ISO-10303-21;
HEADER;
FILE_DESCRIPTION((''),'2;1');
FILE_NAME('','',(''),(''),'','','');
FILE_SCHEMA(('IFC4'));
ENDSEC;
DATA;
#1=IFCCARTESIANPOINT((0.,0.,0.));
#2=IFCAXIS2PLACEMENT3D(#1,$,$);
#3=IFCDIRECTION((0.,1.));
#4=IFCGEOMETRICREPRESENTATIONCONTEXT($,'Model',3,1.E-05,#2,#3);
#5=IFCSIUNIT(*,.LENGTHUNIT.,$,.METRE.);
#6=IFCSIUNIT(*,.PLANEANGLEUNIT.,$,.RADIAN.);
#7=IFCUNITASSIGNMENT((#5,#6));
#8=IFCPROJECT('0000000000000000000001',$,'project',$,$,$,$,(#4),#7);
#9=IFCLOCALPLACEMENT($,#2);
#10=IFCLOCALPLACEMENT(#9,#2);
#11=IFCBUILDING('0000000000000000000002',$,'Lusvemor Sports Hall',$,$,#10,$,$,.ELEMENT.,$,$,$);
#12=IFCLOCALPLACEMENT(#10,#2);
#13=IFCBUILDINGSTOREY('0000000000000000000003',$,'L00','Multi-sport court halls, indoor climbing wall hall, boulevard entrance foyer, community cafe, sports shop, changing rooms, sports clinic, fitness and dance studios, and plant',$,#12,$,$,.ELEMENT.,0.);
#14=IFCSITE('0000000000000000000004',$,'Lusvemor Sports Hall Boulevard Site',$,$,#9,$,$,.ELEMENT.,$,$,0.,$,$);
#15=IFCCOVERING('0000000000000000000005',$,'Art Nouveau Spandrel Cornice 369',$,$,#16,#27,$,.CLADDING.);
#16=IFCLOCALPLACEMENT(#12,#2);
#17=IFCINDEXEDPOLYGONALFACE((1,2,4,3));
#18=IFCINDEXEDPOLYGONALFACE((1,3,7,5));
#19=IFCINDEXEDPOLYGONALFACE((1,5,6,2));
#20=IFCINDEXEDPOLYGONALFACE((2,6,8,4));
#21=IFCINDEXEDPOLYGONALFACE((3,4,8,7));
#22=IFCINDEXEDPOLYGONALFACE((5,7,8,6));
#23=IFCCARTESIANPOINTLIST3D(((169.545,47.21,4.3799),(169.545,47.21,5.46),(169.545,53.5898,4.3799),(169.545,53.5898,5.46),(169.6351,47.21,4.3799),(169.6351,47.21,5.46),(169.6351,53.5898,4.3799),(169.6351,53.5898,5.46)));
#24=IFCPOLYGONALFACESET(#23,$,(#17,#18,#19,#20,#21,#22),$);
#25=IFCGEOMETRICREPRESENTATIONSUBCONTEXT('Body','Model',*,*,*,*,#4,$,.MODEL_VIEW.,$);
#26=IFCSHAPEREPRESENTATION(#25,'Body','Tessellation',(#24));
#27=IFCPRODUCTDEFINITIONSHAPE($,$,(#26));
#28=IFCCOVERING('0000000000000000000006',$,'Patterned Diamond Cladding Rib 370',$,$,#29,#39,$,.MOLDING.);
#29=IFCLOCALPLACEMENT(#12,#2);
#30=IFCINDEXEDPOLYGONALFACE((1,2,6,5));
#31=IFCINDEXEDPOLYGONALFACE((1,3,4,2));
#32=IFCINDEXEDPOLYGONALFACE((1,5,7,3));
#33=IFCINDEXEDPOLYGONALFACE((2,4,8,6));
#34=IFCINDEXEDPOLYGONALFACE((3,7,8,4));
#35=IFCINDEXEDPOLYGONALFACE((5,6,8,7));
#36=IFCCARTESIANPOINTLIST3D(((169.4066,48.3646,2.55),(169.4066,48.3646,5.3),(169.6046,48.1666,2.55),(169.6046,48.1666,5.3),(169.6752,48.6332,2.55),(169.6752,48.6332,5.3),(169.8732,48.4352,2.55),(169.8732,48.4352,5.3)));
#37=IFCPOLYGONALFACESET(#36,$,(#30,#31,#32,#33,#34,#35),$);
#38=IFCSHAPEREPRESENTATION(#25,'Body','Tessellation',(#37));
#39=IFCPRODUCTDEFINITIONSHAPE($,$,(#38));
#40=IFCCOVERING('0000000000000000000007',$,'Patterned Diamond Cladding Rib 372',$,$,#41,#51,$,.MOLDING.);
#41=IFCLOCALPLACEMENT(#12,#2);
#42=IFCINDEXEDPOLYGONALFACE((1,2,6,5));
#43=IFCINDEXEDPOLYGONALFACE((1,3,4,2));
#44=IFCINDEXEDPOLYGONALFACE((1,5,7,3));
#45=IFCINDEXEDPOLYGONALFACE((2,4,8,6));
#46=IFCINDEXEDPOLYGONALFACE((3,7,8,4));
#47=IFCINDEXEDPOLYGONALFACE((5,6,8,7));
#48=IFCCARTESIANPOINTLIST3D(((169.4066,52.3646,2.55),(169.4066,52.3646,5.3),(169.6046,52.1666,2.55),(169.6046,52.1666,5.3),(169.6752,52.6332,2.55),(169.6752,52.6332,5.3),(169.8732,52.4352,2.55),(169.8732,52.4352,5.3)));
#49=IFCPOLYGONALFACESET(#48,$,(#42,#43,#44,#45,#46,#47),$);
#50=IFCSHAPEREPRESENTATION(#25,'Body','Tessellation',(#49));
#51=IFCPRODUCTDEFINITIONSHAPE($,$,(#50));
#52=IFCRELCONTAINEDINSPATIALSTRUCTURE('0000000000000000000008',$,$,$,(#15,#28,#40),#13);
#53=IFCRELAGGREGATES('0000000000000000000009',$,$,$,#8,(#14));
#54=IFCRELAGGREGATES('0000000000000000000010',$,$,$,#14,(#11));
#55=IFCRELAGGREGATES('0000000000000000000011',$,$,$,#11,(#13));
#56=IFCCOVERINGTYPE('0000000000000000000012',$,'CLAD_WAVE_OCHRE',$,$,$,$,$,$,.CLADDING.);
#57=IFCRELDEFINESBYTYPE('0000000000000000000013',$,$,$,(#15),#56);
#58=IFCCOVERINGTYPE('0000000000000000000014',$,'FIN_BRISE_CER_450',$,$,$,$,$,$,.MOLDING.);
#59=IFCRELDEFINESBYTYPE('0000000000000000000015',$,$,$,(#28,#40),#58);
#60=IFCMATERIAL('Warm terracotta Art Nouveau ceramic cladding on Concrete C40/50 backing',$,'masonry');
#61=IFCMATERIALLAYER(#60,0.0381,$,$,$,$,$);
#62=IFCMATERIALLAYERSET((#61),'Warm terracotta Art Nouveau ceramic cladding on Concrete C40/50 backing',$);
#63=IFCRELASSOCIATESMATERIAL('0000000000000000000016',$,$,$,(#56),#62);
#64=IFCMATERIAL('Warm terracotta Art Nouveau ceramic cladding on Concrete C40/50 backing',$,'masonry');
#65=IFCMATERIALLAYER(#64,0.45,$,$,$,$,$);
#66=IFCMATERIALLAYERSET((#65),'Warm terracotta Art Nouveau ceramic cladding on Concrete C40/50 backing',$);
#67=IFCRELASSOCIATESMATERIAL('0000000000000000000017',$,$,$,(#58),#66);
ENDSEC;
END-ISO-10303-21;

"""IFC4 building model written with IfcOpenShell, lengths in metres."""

from ifc_helpers import new_model, si_unit, direction, frame, origin, origin_2d, place, context, subcontext, project, spatial, rectangle, extrude, material, layer, layer_set, type_object, element, save


model = new_model("IFC4")

# Units and contexts
model_context = context("Model", 3, precision=1e-05, world=origin(), true_north=direction((0.0, 1.0)))
body_context = subcontext(model_context, "Body", "Model", "MODEL_VIEW")
ifc_project = project(units=[si_unit("LENGTHUNIT", "METRE"), si_unit("PLANEANGLEUNIT", "RADIAN")], contexts=[model_context])

# Site, building, storey
site_placement = place(None, origin())
site = spatial("IfcSite", under=ifc_project, at=site_placement, Name="Lusvemor Sports Hall Boulevard Site", CompositionType="ELEMENT", RefElevation=0.0)
building_placement = place(site_placement, origin())
building = spatial("IfcBuilding", under=site, at=building_placement, Name="Lusvemor Sports Hall", CompositionType="ELEMENT")
storey_placement = place(building_placement, origin())
storey = spatial("IfcBuildingStorey", under=building, at=storey_placement, Name="L00", Description="Multi-sport court halls, indoor climbing wall hall, boulevard entrance foyer, community cafe, sports shop, changing rooms, sports clinic, fitness and dance studios, and plant", CompositionType="ELEMENT", Elevation=0.0)

# Coverings
ifc_material_1 = material(Name="Warm terracotta Art Nouveau ceramic cladding on Concrete C40/50 backing", Category="masonry")
ifc_layer_1 = layer(ifc_material_1, 0.0381)
ifc_layer_set_1 = layer_set([ifc_layer_1], Name="Warm terracotta Art Nouveau ceramic cladding on Concrete C40/50 backing")
covering_type_1 = type_object("IfcCoveringType", Name="CLAD_WAVE_OCHRE", PredefinedType="CLADDING", material=ifc_layer_set_1)
covering_1_placement = place(storey_placement, frame((169.5901, 50.3999, 4.3799), z_axis=(0.0, 0.0, 1.0), x_axis=(1.0, 0.0, 0.0)))
element("IfcCovering", 1, at=covering_1_placement, inside=storey, type_object=covering_type_1, Name="Art Nouveau Spandrel Cornice 369", PredefinedType="CLADDING", context=body_context, shape_type="SweptSolid", body=[
    extrude(rectangle(XDim=0.0901, YDim=6.3799, at=origin_2d()), origin(), (0.0, 0.0, 1.0), 1.0801),
])
ifc_material_2 = material(Name="Warm terracotta Art Nouveau ceramic cladding on Concrete C40/50 backing", Category="masonry")
ifc_layer_2 = layer(ifc_material_2, 0.45)
ifc_layer_set_2 = layer_set([ifc_layer_2], Name="Warm terracotta Art Nouveau ceramic cladding on Concrete C40/50 backing")
covering_type_2 = type_object("IfcCoveringType", Name="FIN_BRISE_CER_450", PredefinedType="MOLDING", material=ifc_layer_set_2)
for number, where, z_axis, x_axis, name in (
    (2, (169.6399, 48.3999, 2.55), (0.0, 0.0, 1.0), (0.707107, 0.707107, 0.0), "Patterned Diamond Cladding Rib 370"),
    (3, (169.6399, 52.3999, 2.55), (0.0, 0.0, 1.0), (0.707107, 0.707107, 0.0), "Patterned Diamond Cladding Rib 372"),
):
    element("IfcCovering", number, at=place(storey_placement, frame(where, z_axis=z_axis, x_axis=x_axis)), inside=storey, type_object=covering_type_2, Name=name, PredefinedType="MOLDING", context=body_context, shape_type="SweptSolid", body=[
        extrude(rectangle(XDim=0.3799, YDim=0.28, at=origin_2d()), origin(), (0.0, 0.0, 1.0), 2.75),
    ])

save(model, "model.ifc")
